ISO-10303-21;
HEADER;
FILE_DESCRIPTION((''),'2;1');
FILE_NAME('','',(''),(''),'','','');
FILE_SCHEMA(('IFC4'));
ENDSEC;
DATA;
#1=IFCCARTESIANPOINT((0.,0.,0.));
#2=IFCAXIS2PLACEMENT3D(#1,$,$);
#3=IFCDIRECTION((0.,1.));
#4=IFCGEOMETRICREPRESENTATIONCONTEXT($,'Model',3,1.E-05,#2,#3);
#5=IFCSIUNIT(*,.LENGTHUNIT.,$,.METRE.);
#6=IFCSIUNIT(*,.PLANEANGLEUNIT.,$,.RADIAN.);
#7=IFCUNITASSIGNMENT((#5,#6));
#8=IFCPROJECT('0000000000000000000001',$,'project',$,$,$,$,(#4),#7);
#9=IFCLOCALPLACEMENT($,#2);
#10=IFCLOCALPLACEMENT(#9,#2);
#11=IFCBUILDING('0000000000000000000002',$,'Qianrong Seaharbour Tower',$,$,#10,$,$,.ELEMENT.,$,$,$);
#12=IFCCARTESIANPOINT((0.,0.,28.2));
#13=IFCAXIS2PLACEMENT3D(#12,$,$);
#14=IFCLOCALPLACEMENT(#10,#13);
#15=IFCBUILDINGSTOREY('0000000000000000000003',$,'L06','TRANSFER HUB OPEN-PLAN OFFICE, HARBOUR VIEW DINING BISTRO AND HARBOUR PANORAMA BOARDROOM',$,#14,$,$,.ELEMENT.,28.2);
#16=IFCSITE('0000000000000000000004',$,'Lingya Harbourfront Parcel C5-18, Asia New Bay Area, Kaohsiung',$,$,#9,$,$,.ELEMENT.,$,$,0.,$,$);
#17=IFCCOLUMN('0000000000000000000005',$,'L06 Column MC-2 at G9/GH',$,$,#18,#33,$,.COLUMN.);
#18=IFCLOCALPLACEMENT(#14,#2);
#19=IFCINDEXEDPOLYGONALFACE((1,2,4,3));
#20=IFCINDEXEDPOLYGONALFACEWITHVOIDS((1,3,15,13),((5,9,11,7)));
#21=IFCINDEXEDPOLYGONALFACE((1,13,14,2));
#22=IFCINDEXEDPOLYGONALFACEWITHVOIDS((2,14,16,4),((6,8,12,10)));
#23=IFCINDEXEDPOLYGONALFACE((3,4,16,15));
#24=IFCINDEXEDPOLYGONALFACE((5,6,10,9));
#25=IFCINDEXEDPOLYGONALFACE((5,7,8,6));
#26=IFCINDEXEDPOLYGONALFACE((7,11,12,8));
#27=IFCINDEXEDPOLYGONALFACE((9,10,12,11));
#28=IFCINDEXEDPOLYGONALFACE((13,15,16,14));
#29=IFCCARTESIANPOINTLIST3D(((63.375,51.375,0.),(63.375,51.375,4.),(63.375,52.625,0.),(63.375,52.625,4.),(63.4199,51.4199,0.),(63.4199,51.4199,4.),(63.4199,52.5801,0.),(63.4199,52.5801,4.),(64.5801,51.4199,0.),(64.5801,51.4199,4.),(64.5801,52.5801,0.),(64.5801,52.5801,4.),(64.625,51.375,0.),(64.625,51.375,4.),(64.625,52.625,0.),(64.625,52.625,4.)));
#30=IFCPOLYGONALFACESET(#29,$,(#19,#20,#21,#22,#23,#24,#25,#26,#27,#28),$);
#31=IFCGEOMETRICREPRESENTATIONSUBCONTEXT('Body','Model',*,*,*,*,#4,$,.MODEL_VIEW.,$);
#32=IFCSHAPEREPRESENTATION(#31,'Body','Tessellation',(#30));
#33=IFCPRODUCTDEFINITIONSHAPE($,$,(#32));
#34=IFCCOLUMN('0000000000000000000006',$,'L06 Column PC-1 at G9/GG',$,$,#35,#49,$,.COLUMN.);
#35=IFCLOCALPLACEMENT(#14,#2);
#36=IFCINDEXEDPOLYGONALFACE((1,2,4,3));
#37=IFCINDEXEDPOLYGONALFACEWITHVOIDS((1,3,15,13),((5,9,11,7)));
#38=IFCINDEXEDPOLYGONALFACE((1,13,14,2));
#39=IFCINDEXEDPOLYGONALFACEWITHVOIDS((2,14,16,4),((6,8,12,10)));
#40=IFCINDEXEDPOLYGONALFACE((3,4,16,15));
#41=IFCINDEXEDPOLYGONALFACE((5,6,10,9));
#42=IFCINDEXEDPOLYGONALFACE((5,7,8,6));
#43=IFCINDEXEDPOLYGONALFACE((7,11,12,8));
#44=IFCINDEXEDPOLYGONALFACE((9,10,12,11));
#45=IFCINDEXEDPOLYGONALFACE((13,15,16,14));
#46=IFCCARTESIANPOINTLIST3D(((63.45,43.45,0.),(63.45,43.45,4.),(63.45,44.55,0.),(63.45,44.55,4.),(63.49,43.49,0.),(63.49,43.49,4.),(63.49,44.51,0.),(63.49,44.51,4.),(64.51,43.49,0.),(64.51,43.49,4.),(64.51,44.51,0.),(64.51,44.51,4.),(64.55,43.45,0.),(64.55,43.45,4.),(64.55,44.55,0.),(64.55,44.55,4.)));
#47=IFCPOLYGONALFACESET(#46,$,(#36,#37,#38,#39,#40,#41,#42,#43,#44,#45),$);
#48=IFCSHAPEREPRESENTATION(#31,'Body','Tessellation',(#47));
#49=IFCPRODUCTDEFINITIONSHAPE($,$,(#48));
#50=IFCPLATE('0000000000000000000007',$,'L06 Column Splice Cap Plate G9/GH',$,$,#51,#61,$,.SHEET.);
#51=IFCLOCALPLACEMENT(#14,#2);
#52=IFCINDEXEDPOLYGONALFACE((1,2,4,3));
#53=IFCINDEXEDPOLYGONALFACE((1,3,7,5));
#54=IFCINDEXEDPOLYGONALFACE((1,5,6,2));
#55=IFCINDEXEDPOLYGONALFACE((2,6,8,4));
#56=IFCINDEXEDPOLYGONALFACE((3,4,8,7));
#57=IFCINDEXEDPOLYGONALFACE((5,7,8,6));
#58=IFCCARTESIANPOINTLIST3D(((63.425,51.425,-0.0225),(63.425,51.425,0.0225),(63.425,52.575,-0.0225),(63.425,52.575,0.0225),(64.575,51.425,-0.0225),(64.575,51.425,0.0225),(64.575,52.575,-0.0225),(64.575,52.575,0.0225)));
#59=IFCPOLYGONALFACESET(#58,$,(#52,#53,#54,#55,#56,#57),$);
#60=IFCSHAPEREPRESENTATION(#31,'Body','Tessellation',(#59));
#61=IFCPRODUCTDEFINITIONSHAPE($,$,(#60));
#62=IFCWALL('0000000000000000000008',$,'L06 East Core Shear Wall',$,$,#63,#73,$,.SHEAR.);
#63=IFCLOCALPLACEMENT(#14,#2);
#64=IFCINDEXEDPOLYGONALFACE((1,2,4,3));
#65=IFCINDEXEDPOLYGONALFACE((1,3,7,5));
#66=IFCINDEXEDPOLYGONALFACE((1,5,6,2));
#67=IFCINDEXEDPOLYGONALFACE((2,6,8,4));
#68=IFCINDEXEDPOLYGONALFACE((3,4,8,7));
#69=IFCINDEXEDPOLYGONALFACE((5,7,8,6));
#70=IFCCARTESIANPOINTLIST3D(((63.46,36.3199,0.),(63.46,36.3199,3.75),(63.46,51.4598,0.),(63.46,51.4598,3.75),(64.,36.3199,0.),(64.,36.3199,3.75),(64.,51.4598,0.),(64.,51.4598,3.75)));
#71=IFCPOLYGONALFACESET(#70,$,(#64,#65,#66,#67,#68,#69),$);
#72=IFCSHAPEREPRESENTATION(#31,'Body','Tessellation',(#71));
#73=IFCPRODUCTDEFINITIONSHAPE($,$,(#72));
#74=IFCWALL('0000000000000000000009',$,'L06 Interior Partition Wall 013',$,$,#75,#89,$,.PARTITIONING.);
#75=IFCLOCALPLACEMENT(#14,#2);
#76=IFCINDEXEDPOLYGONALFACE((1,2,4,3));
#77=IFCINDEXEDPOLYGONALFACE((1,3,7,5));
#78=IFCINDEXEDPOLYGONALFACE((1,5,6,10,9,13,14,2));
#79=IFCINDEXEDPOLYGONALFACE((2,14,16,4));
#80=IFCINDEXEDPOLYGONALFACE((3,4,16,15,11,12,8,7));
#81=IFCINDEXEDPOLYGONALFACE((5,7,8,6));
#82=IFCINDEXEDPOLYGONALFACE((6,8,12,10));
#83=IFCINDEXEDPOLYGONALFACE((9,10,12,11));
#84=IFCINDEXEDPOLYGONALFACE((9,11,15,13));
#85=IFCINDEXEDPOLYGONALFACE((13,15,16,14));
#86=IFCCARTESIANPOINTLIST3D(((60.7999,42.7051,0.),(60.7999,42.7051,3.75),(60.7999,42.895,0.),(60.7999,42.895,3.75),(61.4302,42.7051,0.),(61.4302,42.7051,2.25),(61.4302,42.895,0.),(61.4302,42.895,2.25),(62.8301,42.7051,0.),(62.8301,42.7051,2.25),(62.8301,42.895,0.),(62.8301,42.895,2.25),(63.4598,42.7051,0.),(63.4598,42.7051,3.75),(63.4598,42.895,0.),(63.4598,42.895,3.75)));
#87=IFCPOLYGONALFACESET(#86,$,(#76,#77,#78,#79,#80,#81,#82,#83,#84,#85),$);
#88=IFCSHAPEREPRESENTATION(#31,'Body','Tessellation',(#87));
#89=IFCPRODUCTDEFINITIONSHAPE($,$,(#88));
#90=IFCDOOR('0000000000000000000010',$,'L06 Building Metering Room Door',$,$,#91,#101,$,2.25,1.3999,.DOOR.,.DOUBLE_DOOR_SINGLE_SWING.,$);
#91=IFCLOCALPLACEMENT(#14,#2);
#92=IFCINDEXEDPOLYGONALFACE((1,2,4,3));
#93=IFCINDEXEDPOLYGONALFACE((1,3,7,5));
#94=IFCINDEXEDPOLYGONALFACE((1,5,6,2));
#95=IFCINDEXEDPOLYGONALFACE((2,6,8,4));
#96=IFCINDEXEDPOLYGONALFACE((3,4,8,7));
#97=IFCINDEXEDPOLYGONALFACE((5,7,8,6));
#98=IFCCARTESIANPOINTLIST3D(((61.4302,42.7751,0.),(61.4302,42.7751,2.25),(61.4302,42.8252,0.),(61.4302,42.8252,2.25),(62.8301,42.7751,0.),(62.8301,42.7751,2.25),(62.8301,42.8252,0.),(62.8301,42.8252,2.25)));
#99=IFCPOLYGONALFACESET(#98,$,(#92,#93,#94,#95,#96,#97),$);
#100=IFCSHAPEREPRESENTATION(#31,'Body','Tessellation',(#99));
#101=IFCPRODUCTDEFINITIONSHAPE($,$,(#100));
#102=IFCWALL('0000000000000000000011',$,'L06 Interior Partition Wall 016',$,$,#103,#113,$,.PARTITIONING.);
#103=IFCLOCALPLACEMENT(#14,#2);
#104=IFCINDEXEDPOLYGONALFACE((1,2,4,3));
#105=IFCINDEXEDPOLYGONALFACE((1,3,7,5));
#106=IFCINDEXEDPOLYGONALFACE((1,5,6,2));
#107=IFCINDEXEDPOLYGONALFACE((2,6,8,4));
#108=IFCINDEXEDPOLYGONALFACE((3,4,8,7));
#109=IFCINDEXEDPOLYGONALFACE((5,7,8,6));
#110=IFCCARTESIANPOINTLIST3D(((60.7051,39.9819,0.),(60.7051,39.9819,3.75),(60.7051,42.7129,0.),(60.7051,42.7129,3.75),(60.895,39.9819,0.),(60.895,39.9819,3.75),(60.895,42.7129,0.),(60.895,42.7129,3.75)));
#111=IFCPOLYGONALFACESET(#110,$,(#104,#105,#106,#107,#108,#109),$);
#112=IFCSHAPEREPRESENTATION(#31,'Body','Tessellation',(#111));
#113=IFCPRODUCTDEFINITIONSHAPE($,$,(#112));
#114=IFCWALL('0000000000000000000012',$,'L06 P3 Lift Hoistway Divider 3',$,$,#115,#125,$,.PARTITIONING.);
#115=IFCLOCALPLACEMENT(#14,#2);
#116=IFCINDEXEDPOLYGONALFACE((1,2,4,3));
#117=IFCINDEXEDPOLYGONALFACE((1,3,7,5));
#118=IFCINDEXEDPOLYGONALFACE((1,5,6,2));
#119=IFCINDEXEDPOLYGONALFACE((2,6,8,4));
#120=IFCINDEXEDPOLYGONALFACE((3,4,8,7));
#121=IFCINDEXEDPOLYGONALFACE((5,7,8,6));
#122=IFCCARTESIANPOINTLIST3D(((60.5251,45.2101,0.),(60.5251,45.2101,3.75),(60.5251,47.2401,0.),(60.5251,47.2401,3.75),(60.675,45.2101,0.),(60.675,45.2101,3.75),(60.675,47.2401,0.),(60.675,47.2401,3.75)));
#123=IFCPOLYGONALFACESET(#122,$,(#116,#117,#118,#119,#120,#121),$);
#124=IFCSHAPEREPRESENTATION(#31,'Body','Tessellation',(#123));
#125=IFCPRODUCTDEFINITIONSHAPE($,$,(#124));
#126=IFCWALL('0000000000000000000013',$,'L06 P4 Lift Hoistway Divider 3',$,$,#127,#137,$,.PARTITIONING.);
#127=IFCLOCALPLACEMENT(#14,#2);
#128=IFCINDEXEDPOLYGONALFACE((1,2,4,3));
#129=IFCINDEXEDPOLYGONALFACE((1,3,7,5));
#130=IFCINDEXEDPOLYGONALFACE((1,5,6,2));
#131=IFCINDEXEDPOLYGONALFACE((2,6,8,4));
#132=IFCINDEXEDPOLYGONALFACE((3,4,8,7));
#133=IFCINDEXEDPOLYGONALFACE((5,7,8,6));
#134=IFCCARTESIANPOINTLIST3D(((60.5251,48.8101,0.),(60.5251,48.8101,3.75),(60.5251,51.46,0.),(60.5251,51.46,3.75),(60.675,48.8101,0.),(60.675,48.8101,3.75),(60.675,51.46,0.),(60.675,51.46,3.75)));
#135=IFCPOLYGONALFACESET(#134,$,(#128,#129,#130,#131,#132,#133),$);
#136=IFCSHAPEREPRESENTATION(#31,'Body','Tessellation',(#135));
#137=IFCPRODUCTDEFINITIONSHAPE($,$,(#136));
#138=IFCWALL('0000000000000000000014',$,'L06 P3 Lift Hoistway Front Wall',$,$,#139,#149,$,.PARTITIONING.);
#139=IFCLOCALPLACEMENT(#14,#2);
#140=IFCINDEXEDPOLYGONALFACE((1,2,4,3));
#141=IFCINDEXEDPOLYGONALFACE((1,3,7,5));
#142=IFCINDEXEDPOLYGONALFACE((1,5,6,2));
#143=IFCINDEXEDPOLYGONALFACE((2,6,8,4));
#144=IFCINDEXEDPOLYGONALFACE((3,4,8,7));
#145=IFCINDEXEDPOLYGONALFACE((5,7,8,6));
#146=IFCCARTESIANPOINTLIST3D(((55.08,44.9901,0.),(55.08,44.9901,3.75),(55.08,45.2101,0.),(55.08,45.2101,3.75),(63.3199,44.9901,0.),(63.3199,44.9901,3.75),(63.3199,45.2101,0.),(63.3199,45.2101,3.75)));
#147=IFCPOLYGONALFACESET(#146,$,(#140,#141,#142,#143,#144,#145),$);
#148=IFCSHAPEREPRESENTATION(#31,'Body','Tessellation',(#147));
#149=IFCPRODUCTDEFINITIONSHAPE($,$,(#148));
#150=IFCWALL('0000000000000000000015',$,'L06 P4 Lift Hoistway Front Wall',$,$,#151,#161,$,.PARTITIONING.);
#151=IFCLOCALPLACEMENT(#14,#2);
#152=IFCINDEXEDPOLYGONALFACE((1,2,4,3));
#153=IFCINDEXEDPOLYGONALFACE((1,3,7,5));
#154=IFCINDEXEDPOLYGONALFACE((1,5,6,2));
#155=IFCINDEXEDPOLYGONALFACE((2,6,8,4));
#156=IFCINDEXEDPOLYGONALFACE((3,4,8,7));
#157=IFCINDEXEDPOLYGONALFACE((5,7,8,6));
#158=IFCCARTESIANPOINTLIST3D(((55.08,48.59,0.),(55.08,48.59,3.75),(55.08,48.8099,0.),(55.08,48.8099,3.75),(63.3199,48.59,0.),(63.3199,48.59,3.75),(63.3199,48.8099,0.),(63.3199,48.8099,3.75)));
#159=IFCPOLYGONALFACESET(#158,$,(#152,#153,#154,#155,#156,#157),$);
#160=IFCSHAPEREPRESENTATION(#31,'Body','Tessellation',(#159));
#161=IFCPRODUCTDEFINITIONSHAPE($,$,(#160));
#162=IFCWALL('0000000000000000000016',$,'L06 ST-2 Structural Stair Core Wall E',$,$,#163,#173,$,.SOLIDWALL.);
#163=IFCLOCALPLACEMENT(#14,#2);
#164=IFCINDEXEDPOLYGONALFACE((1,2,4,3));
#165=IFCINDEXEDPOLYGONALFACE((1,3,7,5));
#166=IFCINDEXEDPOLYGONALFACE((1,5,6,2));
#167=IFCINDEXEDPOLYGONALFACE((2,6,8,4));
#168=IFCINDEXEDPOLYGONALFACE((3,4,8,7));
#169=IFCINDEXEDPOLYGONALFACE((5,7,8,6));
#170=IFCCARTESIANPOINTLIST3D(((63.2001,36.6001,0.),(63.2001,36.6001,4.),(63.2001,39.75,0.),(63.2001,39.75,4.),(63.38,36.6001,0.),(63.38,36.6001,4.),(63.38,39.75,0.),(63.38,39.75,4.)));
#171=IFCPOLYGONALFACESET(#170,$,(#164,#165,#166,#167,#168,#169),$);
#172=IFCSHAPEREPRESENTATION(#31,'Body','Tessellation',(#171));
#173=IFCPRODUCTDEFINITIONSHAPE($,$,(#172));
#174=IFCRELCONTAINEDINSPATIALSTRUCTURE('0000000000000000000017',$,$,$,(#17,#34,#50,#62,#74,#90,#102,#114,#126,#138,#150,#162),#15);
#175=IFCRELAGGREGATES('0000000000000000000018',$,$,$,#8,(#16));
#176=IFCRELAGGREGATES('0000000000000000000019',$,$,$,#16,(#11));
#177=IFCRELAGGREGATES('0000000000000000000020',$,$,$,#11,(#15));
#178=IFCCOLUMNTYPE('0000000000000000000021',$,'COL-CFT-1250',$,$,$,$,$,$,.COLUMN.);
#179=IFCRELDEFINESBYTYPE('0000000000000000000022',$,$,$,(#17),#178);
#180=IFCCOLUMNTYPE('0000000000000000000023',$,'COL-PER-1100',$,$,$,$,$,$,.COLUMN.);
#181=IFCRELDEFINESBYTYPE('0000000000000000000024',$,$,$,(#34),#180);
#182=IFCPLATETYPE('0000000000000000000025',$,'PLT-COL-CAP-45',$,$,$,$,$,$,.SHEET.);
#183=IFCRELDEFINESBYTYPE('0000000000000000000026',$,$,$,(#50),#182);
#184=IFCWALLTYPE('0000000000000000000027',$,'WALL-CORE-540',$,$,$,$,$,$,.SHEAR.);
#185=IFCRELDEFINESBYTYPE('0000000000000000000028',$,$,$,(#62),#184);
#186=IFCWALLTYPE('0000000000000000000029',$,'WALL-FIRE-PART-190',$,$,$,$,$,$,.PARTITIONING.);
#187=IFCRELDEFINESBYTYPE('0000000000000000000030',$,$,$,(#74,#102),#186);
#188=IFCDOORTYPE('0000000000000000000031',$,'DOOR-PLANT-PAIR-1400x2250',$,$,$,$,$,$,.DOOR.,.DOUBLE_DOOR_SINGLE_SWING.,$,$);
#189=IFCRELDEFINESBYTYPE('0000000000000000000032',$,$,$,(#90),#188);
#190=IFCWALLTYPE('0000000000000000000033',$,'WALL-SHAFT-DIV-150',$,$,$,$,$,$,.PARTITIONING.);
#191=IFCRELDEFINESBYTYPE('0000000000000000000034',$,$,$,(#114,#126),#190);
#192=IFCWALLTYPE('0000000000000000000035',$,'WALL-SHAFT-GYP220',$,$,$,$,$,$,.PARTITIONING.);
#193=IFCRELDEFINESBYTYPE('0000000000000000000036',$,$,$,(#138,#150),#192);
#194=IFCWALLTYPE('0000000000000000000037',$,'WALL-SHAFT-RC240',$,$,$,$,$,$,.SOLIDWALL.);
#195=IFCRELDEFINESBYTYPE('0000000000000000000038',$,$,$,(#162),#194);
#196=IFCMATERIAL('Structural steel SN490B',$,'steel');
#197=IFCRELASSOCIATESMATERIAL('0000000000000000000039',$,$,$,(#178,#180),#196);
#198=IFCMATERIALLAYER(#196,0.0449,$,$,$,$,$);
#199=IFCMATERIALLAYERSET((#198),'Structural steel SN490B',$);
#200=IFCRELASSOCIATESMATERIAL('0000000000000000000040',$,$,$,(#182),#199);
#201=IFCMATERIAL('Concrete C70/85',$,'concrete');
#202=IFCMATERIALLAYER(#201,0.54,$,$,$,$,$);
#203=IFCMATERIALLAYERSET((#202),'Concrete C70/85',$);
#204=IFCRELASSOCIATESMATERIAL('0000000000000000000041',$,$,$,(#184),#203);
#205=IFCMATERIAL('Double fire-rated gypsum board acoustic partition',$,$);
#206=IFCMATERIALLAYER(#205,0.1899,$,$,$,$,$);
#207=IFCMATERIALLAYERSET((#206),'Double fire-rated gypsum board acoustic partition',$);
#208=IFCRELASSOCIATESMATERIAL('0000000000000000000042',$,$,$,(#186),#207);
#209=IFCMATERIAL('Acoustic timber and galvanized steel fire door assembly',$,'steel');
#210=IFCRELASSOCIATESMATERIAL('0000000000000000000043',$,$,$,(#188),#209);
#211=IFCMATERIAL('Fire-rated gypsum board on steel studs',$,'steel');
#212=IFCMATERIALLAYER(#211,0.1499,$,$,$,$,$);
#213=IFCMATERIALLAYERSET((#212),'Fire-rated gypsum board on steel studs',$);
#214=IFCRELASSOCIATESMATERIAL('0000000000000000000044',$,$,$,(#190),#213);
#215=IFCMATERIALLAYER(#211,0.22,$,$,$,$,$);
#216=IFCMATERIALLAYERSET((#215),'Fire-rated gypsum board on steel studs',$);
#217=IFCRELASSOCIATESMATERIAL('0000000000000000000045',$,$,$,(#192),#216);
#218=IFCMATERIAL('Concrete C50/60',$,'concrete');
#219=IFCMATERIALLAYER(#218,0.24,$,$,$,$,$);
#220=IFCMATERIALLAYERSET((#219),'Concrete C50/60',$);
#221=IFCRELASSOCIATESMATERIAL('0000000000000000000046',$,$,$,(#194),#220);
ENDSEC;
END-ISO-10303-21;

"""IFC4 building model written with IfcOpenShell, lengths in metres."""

from ifc_helpers import new_model, si_unit, direction, frame, frame_2d, origin, origin_2d, place, context, subcontext, project, spatial, rectangle, hollow_rectangle, extrude, material, layer, layer_set, material_profile, profile_set, type_object, element, fill, save


model = new_model("IFC4")

# Units and contexts
model_context = context("Model", 3, precision=1e-05, world=origin(), true_north=direction((0.0, 1.0)))
body_context = subcontext(model_context, "Body", "Model", "MODEL_VIEW")
ifc_project = project(units=[si_unit("LENGTHUNIT", "METRE"), si_unit("PLANEANGLEUNIT", "RADIAN")], contexts=[model_context])

# Site, building, storey
site_placement = place(None, origin())
site = spatial("IfcSite", under=ifc_project, at=site_placement, Name="Lingya Harbourfront Parcel C5-18, Asia New Bay Area, Kaohsiung", CompositionType="ELEMENT", RefElevation=0.0)
building_placement = place(site_placement, origin())
building = spatial("IfcBuilding", under=site, at=building_placement, Name="Qianrong Seaharbour Tower", CompositionType="ELEMENT")
storey_placement = place(building_placement, frame((0.0, 0.0, 28.2)))
storey = spatial("IfcBuildingStorey", under=building, at=storey_placement, Name="L06", Description="TRANSFER HUB OPEN-PLAN OFFICE, HARBOUR VIEW DINING BISTRO AND HARBOUR PANORAMA BOARDROOM", CompositionType="ELEMENT", Elevation=28.2)

# Columns
ifc_material_1 = material(Name="Structural steel SN490B", Category="steel")
ifc_material_profile_1 = material_profile(ifc_material_1, hollow_rectangle(XDim=1.25, YDim=1.25, WallThickness=0.0449, at=origin_2d()), Name="BOX1250x1250x45")
ifc_profile_set_1 = profile_set([ifc_material_profile_1], Name="Structural steel SN490B")
column_type_1 = type_object("IfcColumnType", Name="COL-CFT-1250", PredefinedType="COLUMN", material=ifc_profile_set_1)
column_1_placement = place(storey_placement, frame((64.0, 52.0, 0.0), z_axis=(0.0, 0.0, 1.0), x_axis=(1.0, 0.0, 0.0)))
element("IfcColumn", 1, at=column_1_placement, inside=storey, type_object=column_type_1, Name="L06 Column MC-2 at G9/GH", PredefinedType="COLUMN", context=body_context, shape_type="SweptSolid", body=[
    extrude(hollow_rectangle(XDim=1.25, YDim=1.25, WallThickness=0.0449, at=origin_2d()), origin(), (0.0, 0.0, 1.0), 4.0),
])
ifc_material_profile_2 = material_profile(ifc_material_1, hollow_rectangle(XDim=1.1001, YDim=1.1001, WallThickness=0.04, at=origin_2d()), Name="BOX1100x1100x40")
ifc_profile_set_2 = profile_set([ifc_material_profile_2], Name="Structural steel SN490B")
column_type_2 = type_object("IfcColumnType", Name="COL-PER-1100", PredefinedType="COLUMN", material=ifc_profile_set_2)
column_2_placement = place(storey_placement, frame((64.0, 44.0, 0.0), z_axis=(0.0, 0.0, 1.0), x_axis=(1.0, 0.0, 0.0)))
element("IfcColumn", 2, at=column_2_placement, inside=storey, type_object=column_type_2, Name="L06 Column PC-1 at G9/GG", PredefinedType="COLUMN", context=body_context, shape_type="SweptSolid", body=[
    extrude(hollow_rectangle(XDim=1.1001, YDim=1.1001, WallThickness=0.04, at=origin_2d()), origin(), (0.0, 0.0, 1.0), 4.0),
])

# Plate
ifc_layer_1 = layer(ifc_material_1, 0.0449)
ifc_layer_set_1 = layer_set([ifc_layer_1], Name="Structural steel SN490B")
plate_type = type_object("IfcPlateType", Name="PLT-COL-CAP-45", PredefinedType="SHEET", material=ifc_layer_set_1)
plate_placement = place(storey_placement, frame((64.0, 52.0, -0.0225), z_axis=(0.0, 0.0, 1.0), x_axis=(1.0, 0.0, 0.0)))
element("IfcPlate", 3, at=plate_placement, inside=storey, type_object=plate_type, Name="L06 Column Splice Cap Plate G9/GH", PredefinedType="SHEET", context=body_context, shape_type="SweptSolid", body=[
    extrude(rectangle(XDim=1.1499, YDim=1.1499, at=origin_2d()), origin(), (0.0, 0.0, 1.0), 0.0449),
])

# Wall
ifc_material_2 = material(Name="Concrete C70/85", Category="concrete")
ifc_layer_2 = layer(ifc_material_2, 0.54)
ifc_layer_set_2 = layer_set([ifc_layer_2], Name="Concrete C70/85")
wall_type_1 = type_object("IfcWallType", Name="WALL-CORE-540", PredefinedType="SHEAR", material=ifc_layer_set_2)
wall_1_placement = place(storey_placement, frame((63.73, 36.3201, 0.0), z_axis=(0.0, 0.0, 1.0), x_axis=(0.0, 1.0, 0.0)))
element("IfcWall", 4, at=wall_1_placement, inside=storey, type_object=wall_type_1, Name="L06 East Core Shear Wall", PredefinedType="SHEAR", context=body_context, shape_type="SweptSolid", body=[
    extrude(rectangle(XDim=15.1399, YDim=0.54, at=frame_2d((7.5698, 0.0))), origin(), (0.0, 0.0, 1.0), 3.75),
])

# Wall, opening, door
ifc_material_3 = material(Name="Acoustic timber and galvanized steel fire door assembly", Category="steel")
ifc_material_4 = material(Name="Double fire-rated gypsum board acoustic partition")
ifc_layer_3 = layer(ifc_material_4, 0.1899)
ifc_layer_set_3 = layer_set([ifc_layer_3], Name="Double fire-rated gypsum board acoustic partition")
wall_type_2 = type_object("IfcWallType", Name="WALL-FIRE-PART-190", PredefinedType="PARTITIONING", material=ifc_layer_set_3)
wall_2_placement = place(storey_placement, frame((63.46, 42.8, 0.0), z_axis=(0.0, 0.0, 1.0), x_axis=(-1.0, 0.0, 0.0)))
wall_2 = element("IfcWall", 5, at=wall_2_placement, inside=storey, type_object=wall_type_2, Name="L06 Interior Partition Wall 013", PredefinedType="PARTITIONING", context=body_context, shape_type="SweptSolid", body=[
    extrude(rectangle(XDim=2.6599, YDim=0.1899, at=frame_2d((1.3301, 0.0))), origin(), (0.0, 0.0, 1.0), 3.75),
])
opening_1_placement = place(wall_2_placement, frame((0.6299, 0.0, 0.0)))
opening_1 = element("IfcOpeningElement", 6, at=opening_1_placement, cuts=wall_2, PredefinedType="OPENING", context=body_context, shape_type="SweptSolid", body=[
    extrude(rectangle(XDim=1.3999, YDim=2.25, at=frame_2d((0.7, 1.125))), frame((0.0, 0.105, 0.0), z_axis=(0.0, -1.0, 0.0), x_axis=(1.0, 0.0, 0.0)), (0.0, 0.0, 1.0), 0.21),
])
door_type_1 = type_object("IfcDoorType", Name="DOOR-PLANT-PAIR-1400x2250", OperationType="DOUBLE_DOOR_SINGLE_SWING", PredefinedType="DOOR", material=ifc_material_3)
door_1_placement = place(opening_1_placement, origin())
door_1 = element("IfcDoor", 7, at=door_1_placement, inside=storey, type_object=door_type_1, Name="L06 Building Metering Room Door", OperationType="DOUBLE_DOOR_SINGLE_SWING", OverallHeight=2.25, OverallWidth=1.3999, PredefinedType="DOOR", context=body_context, shape_type="SweptSolid", body=[
    extrude(rectangle(XDim=1.3999, YDim=2.25, at=frame_2d((0.7, 1.125))), frame((0.0, 0.0249, 0.0), z_axis=(0.0, -1.0, 0.0), x_axis=(1.0, 0.0, 0.0)), (0.0, 0.0, 1.0), 0.05),
])
fill(opening_1, door_1)

# Walls
wall_3_placement = place(storey_placement, frame((60.8, 42.7129, 0.0), z_axis=(0.0, 0.0, 1.0), x_axis=(0.0, -1.0, 0.0)))
element("IfcWall", 8, at=wall_3_placement, inside=storey, type_object=wall_type_2, Name="L06 Interior Partition Wall 016", PredefinedType="PARTITIONING", context=body_context, shape_type="SweptSolid", body=[
    extrude(rectangle(XDim=2.731, YDim=0.1899, at=frame_2d((1.3655, 0.0))), origin(), (0.0, 0.0, 1.0), 3.75),
])
ifc_material_5 = material(Name="Fire-rated gypsum board on steel studs", Category="steel")
ifc_layer_4 = layer(ifc_material_5, 0.1499)
ifc_layer_set_4 = layer_set([ifc_layer_4], Name="Fire-rated gypsum board on steel studs")
wall_type_3 = type_object("IfcWallType", Name="WALL-SHAFT-DIV-150", PredefinedType="PARTITIONING", material=ifc_layer_set_4)
wall_4_placement = place(storey_placement, frame((60.6001, 45.21, 0.0), z_axis=(0.0, 0.0, 1.0), x_axis=(0.0, 1.0, 0.0)))
element("IfcWall", 9, at=wall_4_placement, inside=storey, type_object=wall_type_3, Name="L06 P3 Lift Hoistway Divider 3", PredefinedType="PARTITIONING", context=body_context, shape_type="SweptSolid", body=[
    extrude(rectangle(XDim=2.03, YDim=0.1499, at=frame_2d((1.0151, 0.0))), origin(), (0.0, 0.0, 1.0), 3.75),
])
wall_5_placement = place(storey_placement, frame((60.6001, 48.8101, 0.0), z_axis=(0.0, 0.0, 1.0), x_axis=(0.0, 1.0, 0.0)))
element("IfcWall", 10, at=wall_5_placement, inside=storey, type_object=wall_type_3, Name="L06 P4 Lift Hoistway Divider 3", PredefinedType="PARTITIONING", context=body_context, shape_type="SweptSolid", body=[
    extrude(rectangle(XDim=2.6499, YDim=0.1499, at=frame_2d((1.325, 0.0))), origin(), (0.0, 0.0, 1.0), 3.75),
])
ifc_layer_5 = layer(ifc_material_5, 0.22)
ifc_layer_set_5 = layer_set([ifc_layer_5], Name="Fire-rated gypsum board on steel studs")
wall_type_4 = type_object("IfcWallType", Name="WALL-SHAFT-GYP220", PredefinedType="PARTITIONING", material=ifc_layer_set_5)
for number, where, z_axis, x_axis, name in (
    (11, (63.3201, 45.1001, 0.0), (0.0, 0.0, 1.0), (-1.0, 0.0, 0.0), "L06 P3 Lift Hoistway Front Wall"),
    (12, (63.3201, 48.7, 0.0), (0.0, 0.0, 1.0), (-1.0, 0.0, 0.0), "L06 P4 Lift Hoistway Front Wall"),
):
    element("IfcWall", number, at=place(storey_placement, frame(where, z_axis=z_axis, x_axis=x_axis)), inside=storey, type_object=wall_type_4, Name=name, PredefinedType="PARTITIONING", context=body_context, shape_type="SweptSolid", body=[
        extrude(rectangle(XDim=8.24, YDim=0.22, at=frame_2d((4.1201, 0.0))), origin(), (0.0, 0.0, 1.0), 3.75),
    ])
ifc_material_6 = material(Name="Concrete C50/60", Category="concrete")
ifc_layer_6 = layer(ifc_material_6, 0.24)
ifc_layer_set_6 = layer_set([ifc_layer_6], Name="Concrete C50/60")
wall_type_5 = type_object("IfcWallType", Name="WALL-SHAFT-RC240", PredefinedType="SOLIDWALL", material=ifc_layer_set_6)
wall_6_placement = place(storey_placement, frame((63.29, 36.6001, 0.0), z_axis=(0.0, 0.0, 1.0), x_axis=(0.0, 1.0, 0.0)))
element("IfcWall", 13, at=wall_6_placement, inside=storey, type_object=wall_type_5, Name="L06 ST-2 Structural Stair Core Wall E", PredefinedType="SOLIDWALL", context=body_context, shape_type="SweptSolid", body=[
    extrude(rectangle(XDim=3.1499, YDim=0.1799, at=frame_2d((1.575, 0.0))), origin(), (0.0, 0.0, 1.0), 4.0),
])

save(model, "model.ifc")
